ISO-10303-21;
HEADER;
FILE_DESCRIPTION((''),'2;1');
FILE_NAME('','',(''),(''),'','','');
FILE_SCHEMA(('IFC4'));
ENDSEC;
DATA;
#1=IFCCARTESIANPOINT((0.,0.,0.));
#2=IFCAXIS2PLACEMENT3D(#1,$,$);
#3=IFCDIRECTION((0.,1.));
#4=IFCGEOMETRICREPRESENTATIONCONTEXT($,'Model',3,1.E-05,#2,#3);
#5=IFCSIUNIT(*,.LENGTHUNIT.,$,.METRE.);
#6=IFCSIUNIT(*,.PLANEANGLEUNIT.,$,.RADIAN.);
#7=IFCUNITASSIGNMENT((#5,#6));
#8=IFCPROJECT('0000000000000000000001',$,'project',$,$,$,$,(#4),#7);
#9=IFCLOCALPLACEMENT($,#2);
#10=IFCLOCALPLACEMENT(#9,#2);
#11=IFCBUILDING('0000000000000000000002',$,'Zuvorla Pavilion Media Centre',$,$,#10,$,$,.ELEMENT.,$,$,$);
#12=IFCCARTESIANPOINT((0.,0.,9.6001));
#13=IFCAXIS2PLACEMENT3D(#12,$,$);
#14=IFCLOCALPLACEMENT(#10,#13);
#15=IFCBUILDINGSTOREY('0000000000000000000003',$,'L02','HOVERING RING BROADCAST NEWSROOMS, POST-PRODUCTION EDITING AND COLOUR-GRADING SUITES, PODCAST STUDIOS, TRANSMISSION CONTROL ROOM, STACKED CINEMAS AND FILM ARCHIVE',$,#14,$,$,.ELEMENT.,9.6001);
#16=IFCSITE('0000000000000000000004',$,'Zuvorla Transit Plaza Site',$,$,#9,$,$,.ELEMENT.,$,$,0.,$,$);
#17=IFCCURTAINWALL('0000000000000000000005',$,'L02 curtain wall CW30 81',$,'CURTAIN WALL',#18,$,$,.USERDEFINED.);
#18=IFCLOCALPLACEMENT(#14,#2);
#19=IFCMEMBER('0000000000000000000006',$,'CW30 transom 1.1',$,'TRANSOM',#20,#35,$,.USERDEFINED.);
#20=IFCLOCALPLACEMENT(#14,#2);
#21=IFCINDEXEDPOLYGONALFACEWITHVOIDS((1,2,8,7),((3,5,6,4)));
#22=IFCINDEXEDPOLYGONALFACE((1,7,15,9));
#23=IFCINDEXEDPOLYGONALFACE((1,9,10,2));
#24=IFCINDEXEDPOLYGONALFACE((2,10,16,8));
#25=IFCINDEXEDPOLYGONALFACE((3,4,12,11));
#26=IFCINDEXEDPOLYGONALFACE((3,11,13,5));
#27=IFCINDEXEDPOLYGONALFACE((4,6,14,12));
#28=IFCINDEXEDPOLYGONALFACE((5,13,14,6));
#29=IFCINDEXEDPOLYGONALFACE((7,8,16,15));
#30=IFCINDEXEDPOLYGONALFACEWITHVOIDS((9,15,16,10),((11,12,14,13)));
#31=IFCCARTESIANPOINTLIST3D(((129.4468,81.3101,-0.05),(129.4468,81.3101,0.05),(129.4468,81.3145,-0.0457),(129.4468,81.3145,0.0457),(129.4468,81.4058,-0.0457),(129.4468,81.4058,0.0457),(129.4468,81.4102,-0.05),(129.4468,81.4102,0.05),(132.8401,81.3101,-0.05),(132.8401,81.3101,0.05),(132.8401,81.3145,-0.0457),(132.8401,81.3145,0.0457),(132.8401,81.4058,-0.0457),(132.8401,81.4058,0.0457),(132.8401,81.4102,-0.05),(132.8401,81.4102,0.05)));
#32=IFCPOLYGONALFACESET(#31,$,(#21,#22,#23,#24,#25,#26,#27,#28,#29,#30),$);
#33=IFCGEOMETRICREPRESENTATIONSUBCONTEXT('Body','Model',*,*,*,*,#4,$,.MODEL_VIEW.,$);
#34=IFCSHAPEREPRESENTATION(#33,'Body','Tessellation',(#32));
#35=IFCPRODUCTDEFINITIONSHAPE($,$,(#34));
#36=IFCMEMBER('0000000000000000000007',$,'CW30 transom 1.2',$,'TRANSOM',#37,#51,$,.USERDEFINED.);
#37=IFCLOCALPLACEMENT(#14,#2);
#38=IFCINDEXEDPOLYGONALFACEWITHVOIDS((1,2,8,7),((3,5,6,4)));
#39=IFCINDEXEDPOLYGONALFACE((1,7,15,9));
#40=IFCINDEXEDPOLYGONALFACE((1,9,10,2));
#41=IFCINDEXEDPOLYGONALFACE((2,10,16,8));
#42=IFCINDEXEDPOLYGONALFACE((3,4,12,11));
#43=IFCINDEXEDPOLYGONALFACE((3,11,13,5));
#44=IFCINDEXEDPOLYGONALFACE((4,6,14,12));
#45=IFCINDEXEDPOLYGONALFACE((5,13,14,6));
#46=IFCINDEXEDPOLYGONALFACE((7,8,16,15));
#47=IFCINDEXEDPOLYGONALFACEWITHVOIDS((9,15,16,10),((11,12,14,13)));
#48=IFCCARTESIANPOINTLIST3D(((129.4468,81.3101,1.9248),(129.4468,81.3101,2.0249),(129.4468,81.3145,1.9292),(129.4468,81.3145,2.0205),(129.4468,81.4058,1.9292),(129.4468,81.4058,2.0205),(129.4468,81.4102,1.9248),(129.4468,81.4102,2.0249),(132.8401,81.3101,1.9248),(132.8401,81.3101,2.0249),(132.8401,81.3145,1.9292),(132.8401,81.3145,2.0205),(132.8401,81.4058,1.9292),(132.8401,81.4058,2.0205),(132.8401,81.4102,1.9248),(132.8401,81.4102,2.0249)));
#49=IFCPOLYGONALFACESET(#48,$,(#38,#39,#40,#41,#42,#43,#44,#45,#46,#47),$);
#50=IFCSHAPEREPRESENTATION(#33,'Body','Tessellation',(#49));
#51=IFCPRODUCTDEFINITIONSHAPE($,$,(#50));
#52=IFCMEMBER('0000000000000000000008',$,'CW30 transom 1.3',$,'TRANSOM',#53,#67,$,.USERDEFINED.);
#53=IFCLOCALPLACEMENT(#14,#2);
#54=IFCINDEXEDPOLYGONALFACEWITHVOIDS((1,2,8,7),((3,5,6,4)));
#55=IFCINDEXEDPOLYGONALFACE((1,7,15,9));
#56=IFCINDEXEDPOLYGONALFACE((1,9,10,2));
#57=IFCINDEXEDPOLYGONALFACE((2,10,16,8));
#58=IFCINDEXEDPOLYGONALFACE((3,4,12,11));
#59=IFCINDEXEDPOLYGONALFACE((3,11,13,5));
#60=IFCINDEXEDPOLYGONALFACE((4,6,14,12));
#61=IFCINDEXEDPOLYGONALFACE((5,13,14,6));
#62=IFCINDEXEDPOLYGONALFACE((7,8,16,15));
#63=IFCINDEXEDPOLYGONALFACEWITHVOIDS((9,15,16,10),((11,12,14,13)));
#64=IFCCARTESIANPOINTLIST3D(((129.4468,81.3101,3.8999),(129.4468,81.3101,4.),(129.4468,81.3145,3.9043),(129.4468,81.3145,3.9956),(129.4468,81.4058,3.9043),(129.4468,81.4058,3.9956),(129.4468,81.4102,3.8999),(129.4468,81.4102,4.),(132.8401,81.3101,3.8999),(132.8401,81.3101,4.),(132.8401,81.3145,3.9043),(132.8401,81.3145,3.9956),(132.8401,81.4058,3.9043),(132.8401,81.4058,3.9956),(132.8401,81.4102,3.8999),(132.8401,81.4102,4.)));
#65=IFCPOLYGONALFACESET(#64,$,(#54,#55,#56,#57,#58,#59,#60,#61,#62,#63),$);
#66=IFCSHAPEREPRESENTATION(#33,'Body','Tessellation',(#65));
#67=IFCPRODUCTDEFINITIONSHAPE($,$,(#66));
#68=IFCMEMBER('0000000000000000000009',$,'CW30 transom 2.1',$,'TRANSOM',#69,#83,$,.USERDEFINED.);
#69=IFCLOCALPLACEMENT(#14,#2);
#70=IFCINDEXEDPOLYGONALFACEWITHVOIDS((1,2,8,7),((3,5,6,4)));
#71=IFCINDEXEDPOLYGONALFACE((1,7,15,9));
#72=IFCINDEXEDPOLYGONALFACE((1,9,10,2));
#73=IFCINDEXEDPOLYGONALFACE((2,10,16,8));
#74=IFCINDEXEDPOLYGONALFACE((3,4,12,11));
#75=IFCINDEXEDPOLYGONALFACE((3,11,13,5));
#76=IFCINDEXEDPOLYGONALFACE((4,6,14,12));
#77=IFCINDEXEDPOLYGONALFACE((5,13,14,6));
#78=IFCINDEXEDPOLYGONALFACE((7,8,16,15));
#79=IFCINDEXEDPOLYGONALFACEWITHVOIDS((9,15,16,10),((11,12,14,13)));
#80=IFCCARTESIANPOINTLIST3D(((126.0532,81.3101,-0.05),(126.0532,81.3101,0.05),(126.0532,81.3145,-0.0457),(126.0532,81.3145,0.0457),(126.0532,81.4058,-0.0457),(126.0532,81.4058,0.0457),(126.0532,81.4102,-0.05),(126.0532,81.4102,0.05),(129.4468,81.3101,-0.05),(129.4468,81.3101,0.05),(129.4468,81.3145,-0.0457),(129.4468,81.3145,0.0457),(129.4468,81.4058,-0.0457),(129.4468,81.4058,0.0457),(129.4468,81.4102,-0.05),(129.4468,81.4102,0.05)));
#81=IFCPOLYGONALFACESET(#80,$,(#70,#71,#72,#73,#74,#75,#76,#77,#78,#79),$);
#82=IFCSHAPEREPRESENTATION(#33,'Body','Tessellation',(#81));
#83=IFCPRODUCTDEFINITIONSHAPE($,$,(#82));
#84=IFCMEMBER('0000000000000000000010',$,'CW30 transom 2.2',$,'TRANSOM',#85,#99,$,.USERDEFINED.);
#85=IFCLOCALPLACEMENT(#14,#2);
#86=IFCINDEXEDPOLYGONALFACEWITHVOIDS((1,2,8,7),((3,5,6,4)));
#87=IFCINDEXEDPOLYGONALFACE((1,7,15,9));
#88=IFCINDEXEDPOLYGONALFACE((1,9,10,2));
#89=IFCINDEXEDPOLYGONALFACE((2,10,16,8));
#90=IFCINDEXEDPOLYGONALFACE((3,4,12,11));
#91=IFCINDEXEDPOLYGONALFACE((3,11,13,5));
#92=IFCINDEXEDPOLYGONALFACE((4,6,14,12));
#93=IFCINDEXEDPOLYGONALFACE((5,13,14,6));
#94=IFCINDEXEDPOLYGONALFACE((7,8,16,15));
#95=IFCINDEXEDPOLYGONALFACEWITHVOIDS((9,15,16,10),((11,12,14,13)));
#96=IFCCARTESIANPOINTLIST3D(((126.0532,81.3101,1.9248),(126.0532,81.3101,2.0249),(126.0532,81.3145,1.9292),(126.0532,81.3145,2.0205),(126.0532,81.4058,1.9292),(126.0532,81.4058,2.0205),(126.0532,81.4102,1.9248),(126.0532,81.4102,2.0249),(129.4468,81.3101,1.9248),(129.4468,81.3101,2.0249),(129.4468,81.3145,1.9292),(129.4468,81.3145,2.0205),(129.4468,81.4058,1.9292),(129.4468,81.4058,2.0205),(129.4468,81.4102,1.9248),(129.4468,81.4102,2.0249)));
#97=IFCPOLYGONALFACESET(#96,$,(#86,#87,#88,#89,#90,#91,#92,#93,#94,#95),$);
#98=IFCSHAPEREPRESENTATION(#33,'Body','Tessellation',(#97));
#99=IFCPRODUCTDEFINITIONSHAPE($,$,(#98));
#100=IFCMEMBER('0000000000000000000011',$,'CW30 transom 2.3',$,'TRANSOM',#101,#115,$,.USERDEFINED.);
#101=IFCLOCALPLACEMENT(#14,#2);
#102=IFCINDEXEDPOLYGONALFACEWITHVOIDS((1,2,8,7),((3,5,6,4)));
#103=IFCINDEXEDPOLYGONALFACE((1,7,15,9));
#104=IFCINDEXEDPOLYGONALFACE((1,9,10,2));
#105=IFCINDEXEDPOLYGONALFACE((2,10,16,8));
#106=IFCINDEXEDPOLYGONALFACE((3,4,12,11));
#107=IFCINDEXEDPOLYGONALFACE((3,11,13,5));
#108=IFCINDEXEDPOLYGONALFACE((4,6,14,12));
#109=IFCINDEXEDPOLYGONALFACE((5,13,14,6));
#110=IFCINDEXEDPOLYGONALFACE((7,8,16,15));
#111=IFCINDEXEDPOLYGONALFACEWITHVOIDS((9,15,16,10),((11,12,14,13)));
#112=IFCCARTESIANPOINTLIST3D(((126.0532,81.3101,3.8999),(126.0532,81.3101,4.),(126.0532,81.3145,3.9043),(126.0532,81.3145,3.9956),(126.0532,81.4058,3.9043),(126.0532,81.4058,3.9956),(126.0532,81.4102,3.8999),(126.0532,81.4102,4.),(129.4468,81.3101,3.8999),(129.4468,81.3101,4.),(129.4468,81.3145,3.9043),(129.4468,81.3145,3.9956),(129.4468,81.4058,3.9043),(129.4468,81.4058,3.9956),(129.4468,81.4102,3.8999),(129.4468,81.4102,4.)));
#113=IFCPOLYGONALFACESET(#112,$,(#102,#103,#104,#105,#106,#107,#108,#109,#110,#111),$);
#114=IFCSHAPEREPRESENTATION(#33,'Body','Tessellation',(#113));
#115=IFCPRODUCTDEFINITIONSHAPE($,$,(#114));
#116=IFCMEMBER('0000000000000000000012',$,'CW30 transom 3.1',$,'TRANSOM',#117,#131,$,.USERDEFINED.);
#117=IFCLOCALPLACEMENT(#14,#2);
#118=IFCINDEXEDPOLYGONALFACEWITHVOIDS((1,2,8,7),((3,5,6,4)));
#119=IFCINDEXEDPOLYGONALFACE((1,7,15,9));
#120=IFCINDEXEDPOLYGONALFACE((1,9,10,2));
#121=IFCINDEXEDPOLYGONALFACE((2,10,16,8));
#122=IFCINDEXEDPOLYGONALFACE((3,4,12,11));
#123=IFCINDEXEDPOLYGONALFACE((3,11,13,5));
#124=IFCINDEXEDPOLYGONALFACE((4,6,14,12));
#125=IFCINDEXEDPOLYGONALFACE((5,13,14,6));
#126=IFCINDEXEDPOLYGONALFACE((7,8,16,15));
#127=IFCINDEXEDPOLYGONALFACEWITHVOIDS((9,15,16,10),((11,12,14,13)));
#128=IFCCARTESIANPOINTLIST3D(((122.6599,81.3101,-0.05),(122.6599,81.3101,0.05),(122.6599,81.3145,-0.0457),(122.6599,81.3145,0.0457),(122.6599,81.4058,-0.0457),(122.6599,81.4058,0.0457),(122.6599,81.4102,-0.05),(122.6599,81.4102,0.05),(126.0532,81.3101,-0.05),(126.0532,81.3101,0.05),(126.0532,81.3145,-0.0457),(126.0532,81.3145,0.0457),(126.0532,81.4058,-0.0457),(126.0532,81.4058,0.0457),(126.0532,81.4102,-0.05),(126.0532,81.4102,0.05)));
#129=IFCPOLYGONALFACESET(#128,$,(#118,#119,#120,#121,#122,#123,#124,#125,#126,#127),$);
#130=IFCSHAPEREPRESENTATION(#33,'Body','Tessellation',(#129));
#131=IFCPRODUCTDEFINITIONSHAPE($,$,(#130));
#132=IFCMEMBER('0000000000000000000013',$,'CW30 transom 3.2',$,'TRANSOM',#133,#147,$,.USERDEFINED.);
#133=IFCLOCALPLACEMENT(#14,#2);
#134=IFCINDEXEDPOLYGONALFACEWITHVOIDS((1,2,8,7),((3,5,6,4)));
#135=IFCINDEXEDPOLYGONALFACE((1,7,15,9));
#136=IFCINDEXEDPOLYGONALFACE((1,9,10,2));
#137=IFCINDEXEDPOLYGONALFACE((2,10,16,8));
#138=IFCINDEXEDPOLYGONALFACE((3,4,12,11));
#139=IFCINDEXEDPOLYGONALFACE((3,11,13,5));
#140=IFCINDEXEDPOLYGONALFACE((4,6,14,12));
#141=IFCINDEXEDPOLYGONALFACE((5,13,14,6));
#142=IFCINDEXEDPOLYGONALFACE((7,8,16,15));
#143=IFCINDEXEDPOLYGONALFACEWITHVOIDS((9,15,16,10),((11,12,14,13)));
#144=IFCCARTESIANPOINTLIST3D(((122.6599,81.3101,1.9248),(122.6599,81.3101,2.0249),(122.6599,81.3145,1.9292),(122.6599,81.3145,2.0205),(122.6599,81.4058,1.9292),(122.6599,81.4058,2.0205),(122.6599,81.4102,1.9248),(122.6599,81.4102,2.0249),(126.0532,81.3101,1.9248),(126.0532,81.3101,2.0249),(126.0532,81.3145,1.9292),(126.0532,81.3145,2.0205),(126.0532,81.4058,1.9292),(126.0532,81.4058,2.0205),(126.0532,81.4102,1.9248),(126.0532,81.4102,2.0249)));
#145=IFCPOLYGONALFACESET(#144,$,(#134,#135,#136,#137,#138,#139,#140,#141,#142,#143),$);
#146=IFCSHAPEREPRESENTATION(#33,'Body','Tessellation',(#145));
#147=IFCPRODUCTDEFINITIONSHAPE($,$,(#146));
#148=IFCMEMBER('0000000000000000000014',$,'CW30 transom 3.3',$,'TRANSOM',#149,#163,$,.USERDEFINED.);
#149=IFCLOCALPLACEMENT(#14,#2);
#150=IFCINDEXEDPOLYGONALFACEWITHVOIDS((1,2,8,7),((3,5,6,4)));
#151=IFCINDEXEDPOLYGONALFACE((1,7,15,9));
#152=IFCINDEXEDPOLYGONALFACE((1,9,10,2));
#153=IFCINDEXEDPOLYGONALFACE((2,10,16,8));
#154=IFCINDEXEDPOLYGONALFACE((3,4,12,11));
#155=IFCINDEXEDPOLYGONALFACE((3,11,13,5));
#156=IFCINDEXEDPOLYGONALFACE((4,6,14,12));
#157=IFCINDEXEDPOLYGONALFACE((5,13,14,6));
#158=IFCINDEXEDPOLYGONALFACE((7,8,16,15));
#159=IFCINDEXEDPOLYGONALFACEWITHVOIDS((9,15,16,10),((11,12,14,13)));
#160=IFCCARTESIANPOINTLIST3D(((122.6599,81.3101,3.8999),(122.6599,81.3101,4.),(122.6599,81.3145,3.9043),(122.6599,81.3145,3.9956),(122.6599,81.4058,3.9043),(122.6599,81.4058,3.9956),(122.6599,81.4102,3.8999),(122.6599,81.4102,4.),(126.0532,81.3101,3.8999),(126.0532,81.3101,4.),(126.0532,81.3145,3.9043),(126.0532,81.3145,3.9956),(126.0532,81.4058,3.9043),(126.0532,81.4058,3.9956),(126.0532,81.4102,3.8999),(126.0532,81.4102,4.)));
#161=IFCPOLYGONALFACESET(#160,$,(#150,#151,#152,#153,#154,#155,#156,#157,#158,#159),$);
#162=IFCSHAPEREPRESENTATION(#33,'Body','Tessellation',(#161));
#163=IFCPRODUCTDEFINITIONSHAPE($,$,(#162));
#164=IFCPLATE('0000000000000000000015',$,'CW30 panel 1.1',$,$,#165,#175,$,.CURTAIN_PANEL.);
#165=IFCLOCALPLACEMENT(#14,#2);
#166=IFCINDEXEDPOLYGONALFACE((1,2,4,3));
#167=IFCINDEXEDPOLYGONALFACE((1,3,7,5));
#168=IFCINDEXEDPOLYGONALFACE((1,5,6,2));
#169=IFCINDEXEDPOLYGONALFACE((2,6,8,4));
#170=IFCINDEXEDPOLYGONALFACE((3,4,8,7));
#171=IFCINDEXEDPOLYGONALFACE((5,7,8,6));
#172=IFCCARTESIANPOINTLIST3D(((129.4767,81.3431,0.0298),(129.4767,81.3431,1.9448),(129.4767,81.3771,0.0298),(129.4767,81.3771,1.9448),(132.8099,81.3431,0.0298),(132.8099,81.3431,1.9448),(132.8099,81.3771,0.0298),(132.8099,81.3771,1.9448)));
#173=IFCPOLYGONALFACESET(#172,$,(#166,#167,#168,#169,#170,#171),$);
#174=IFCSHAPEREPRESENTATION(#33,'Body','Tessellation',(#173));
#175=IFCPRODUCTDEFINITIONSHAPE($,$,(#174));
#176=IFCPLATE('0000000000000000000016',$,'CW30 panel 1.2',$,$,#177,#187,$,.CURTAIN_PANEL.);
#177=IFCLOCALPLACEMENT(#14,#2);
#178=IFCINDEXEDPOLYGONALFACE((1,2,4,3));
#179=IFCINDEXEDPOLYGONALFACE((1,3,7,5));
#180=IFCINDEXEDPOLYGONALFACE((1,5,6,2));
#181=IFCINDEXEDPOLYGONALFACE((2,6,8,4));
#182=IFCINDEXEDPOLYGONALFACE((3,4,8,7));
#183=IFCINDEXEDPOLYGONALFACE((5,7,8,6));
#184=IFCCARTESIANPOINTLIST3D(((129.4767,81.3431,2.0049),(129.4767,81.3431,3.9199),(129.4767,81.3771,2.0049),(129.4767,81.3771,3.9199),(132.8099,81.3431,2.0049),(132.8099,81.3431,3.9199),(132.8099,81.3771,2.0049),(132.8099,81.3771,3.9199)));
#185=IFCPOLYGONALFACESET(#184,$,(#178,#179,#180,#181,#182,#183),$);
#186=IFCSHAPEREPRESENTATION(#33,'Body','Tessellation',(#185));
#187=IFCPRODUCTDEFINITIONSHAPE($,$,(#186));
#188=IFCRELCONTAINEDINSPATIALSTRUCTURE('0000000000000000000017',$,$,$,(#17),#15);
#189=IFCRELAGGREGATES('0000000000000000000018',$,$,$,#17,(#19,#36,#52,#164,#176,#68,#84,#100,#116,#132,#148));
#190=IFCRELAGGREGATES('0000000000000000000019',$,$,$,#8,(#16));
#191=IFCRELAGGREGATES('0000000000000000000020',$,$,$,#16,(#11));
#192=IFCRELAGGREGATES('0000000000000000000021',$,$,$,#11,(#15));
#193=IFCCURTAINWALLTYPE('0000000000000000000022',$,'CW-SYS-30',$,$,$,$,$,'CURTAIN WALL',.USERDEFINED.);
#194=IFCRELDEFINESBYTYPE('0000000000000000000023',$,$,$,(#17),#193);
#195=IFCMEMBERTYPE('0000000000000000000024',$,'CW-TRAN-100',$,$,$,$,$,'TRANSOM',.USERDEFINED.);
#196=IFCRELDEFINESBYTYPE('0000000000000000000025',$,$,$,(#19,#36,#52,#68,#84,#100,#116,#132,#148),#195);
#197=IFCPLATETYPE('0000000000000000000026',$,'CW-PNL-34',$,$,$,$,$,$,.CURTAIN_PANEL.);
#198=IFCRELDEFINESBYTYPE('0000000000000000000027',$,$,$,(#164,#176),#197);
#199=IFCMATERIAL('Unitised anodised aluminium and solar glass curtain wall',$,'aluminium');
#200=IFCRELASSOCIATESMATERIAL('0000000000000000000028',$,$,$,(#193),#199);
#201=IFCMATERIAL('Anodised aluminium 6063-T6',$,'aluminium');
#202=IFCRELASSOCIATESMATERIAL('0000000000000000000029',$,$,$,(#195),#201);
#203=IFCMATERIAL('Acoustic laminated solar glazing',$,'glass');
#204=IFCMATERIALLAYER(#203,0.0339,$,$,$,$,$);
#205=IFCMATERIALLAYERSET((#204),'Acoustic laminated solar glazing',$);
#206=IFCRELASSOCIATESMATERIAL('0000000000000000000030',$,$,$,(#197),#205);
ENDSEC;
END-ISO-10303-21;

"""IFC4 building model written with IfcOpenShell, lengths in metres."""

from ifc_helpers import new_model, si_unit, direction, frame, origin, origin_2d, place, context, subcontext, project, spatial, rectangle, hollow_rectangle, extrude, material, layer, layer_set, material_profile, profile_set, type_object, element, aggregate, save


model = new_model("IFC4")

# Units and contexts
model_context = context("Model", 3, precision=1e-05, world=origin(), true_north=direction((0.0, 1.0)))
body_context = subcontext(model_context, "Body", "Model", "MODEL_VIEW")
ifc_project = project(units=[si_unit("LENGTHUNIT", "METRE"), si_unit("PLANEANGLEUNIT", "RADIAN")], contexts=[model_context])

# Site, building, storey
site_placement = place(None, origin())
site = spatial("IfcSite", under=ifc_project, at=site_placement, Name="Zuvorla Transit Plaza Site", CompositionType="ELEMENT", RefElevation=0.0)
building_placement = place(site_placement, origin())
building = spatial("IfcBuilding", under=site, at=building_placement, Name="Zuvorla Pavilion Media Centre", CompositionType="ELEMENT")
storey_placement = place(building_placement, frame((0.0, 0.0, 9.6001)))
storey = spatial("IfcBuildingStorey", under=building, at=storey_placement, Name="L02", Description="HOVERING RING BROADCAST NEWSROOMS, POST-PRODUCTION EDITING AND COLOUR-GRADING SUITES, PODCAST STUDIOS, TRANSMISSION CONTROL ROOM, STACKED CINEMAS AND FILM ARCHIVE", CompositionType="ELEMENT", Elevation=9.6001)

# Shared definitions
ifc_material_1 = material(Name="Unitised anodised aluminium and solar glass curtain wall", Category="aluminium")
ifc_material_2 = material(Name="Anodised aluminium 6063-T6", Category="aluminium")

# Curtain wall, members, plates
curtain_wall_type_1 = type_object("IfcCurtainWallType", Name="CW-SYS-30", ElementType="CURTAIN WALL", PredefinedType="USERDEFINED", material=ifc_material_1)
curtain_wall_1_placement = place(storey_placement, origin())
curtain_wall_1 = element("IfcCurtainWall", 1, at=curtain_wall_1_placement, inside=storey, type_object=curtain_wall_type_1, Name="L02 curtain wall CW30 81", ObjectType="CURTAIN WALL", PredefinedType="USERDEFINED")
ifc_material_profile_1 = material_profile(ifc_material_2, hollow_rectangle(XDim=0.1001, YDim=0.1001, WallThickness=0.0044, at=origin_2d()), Name="ALU TRAN 100x100")
ifc_profile_set_1 = profile_set([ifc_material_profile_1], Name="Anodised aluminium 6063-T6")
member_type_1 = type_object("IfcMemberType", Name="CW-TRAN-100", ElementType="TRANSOM", PredefinedType="USERDEFINED", material=ifc_profile_set_1)
member_1_placement = place(storey_placement, frame((132.8401, 81.3601, 0.0), z_axis=(-1.0, 0.0, 0.0), x_axis=(0.0, -1.0, 0.0)))
member_1 = element("IfcMember", 2, at=member_1_placement, type_object=member_type_1, Name="CW30 transom 1.1", ObjectType="TRANSOM", PredefinedType="USERDEFINED", context=body_context, shape_type="SweptSolid", body=[
    extrude(hollow_rectangle(XDim=0.1001, YDim=0.1001, WallThickness=0.0044, at=origin_2d()), origin(), (0.0, 0.0, 1.0), 3.3933),
])
member_2_placement = place(storey_placement, frame((132.8401, 81.3601, 1.9749), z_axis=(-1.0, 0.0, 0.0), x_axis=(0.0, -1.0, 0.0)))
member_2 = element("IfcMember", 3, at=member_2_placement, type_object=member_type_1, Name="CW30 transom 1.2", ObjectType="TRANSOM", PredefinedType="USERDEFINED", context=body_context, shape_type="SweptSolid", body=[
    extrude(hollow_rectangle(XDim=0.1001, YDim=0.1001, WallThickness=0.0044, at=origin_2d()), origin(), (0.0, 0.0, 1.0), 3.3933),
])
member_3_placement = place(storey_placement, frame((132.8401, 81.3601, 3.95), z_axis=(-1.0, 0.0, 0.0), x_axis=(0.0, -1.0, 0.0)))
member_3 = element("IfcMember", 4, at=member_3_placement, type_object=member_type_1, Name="CW30 transom 1.3", ObjectType="TRANSOM", PredefinedType="USERDEFINED", context=body_context, shape_type="SweptSolid", body=[
    extrude(hollow_rectangle(XDim=0.1001, YDim=0.1001, WallThickness=0.0044, at=origin_2d()), origin(), (0.0, 0.0, 1.0), 3.3933),
])
member_4_placement = place(storey_placement, frame((129.4468, 81.3601, 0.0), z_axis=(-1.0, 0.0, 0.0), x_axis=(0.0, -1.0, 0.0)))
member_4 = element("IfcMember", 5, at=member_4_placement, type_object=member_type_1, Name="CW30 transom 2.1", ObjectType="TRANSOM", PredefinedType="USERDEFINED", context=body_context, shape_type="SweptSolid", body=[
    extrude(hollow_rectangle(XDim=0.1001, YDim=0.1001, WallThickness=0.0044, at=origin_2d()), origin(), (0.0, 0.0, 1.0), 3.3936),
])
member_5_placement = place(storey_placement, frame((129.4468, 81.3601, 1.9749), z_axis=(-1.0, 0.0, 0.0), x_axis=(0.0, -1.0, 0.0)))
member_5 = element("IfcMember", 6, at=member_5_placement, type_object=member_type_1, Name="CW30 transom 2.2", ObjectType="TRANSOM", PredefinedType="USERDEFINED", context=body_context, shape_type="SweptSolid", body=[
    extrude(hollow_rectangle(XDim=0.1001, YDim=0.1001, WallThickness=0.0044, at=origin_2d()), origin(), (0.0, 0.0, 1.0), 3.3936),
])
member_6_placement = place(storey_placement, frame((129.4468, 81.3601, 3.95), z_axis=(-1.0, 0.0, 0.0), x_axis=(0.0, -1.0, 0.0)))
member_6 = element("IfcMember", 7, at=member_6_placement, type_object=member_type_1, Name="CW30 transom 2.3", ObjectType="TRANSOM", PredefinedType="USERDEFINED", context=body_context, shape_type="SweptSolid", body=[
    extrude(hollow_rectangle(XDim=0.1001, YDim=0.1001, WallThickness=0.0044, at=origin_2d()), origin(), (0.0, 0.0, 1.0), 3.3936),
])
member_7_placement = place(storey_placement, frame((126.0532, 81.3601, 0.0), z_axis=(-1.0, 0.0, 0.0), x_axis=(0.0, -1.0, 0.0)))
member_7 = element("IfcMember", 8, at=member_7_placement, type_object=member_type_1, Name="CW30 transom 3.1", ObjectType="TRANSOM", PredefinedType="USERDEFINED", context=body_context, shape_type="SweptSolid", body=[
    extrude(hollow_rectangle(XDim=0.1001, YDim=0.1001, WallThickness=0.0044, at=origin_2d()), origin(), (0.0, 0.0, 1.0), 3.3933),
])
member_8_placement = place(storey_placement, frame((126.0532, 81.3601, 1.9749), z_axis=(-1.0, 0.0, 0.0), x_axis=(0.0, -1.0, 0.0)))
member_8 = element("IfcMember", 9, at=member_8_placement, type_object=member_type_1, Name="CW30 transom 3.2", ObjectType="TRANSOM", PredefinedType="USERDEFINED", context=body_context, shape_type="SweptSolid", body=[
    extrude(hollow_rectangle(XDim=0.1001, YDim=0.1001, WallThickness=0.0044, at=origin_2d()), origin(), (0.0, 0.0, 1.0), 3.3933),
])
member_9_placement = place(storey_placement, frame((126.0532, 81.3601, 3.95), z_axis=(-1.0, 0.0, 0.0), x_axis=(0.0, -1.0, 0.0)))
member_9 = element("IfcMember", 10, at=member_9_placement, type_object=member_type_1, Name="CW30 transom 3.3", ObjectType="TRANSOM", PredefinedType="USERDEFINED", context=body_context, shape_type="SweptSolid", body=[
    extrude(hollow_rectangle(XDim=0.1001, YDim=0.1001, WallThickness=0.0044, at=origin_2d()), origin(), (0.0, 0.0, 1.0), 3.3933),
])
ifc_material_3 = material(Name="Acoustic laminated solar glazing", Category="glass")
ifc_layer = layer(ifc_material_3, 0.0339)
ifc_layer_set = layer_set([ifc_layer], Name="Acoustic laminated solar glazing")
plate_type = type_object("IfcPlateType", Name="CW-PNL-34", PredefinedType="CURTAIN_PANEL", material=ifc_layer_set)
plate_1_placement = place(storey_placement, frame((131.1433, 81.3601, 0.0298), z_axis=(0.0, 0.0, 1.0), x_axis=(-1.0, 0.0, 0.0)))
plate_1 = element("IfcPlate", 11, at=plate_1_placement, type_object=plate_type, Name="CW30 panel 1.1", PredefinedType="CURTAIN_PANEL", context=body_context, shape_type="SweptSolid", body=[
    extrude(rectangle(XDim=3.3333, YDim=0.0339, at=origin_2d()), origin(), (0.0, 0.0, 1.0), 1.915),
])
plate_2_placement = place(storey_placement, frame((131.1433, 81.3601, 2.0049), z_axis=(0.0, 0.0, 1.0), x_axis=(-1.0, 0.0, 0.0)))
plate_2 = element("IfcPlate", 12, at=plate_2_placement, type_object=plate_type, Name="CW30 panel 1.2", PredefinedType="CURTAIN_PANEL", context=body_context, shape_type="SweptSolid", body=[
    extrude(rectangle(XDim=3.3333, YDim=0.0339, at=origin_2d()), origin(), (0.0, 0.0, 1.0), 1.915),
])
aggregate(curtain_wall_1, [member_1, member_2, member_3, plate_1, plate_2, member_4, member_5, member_6, member_7, member_8, member_9])

save(model, "model.ifc")
